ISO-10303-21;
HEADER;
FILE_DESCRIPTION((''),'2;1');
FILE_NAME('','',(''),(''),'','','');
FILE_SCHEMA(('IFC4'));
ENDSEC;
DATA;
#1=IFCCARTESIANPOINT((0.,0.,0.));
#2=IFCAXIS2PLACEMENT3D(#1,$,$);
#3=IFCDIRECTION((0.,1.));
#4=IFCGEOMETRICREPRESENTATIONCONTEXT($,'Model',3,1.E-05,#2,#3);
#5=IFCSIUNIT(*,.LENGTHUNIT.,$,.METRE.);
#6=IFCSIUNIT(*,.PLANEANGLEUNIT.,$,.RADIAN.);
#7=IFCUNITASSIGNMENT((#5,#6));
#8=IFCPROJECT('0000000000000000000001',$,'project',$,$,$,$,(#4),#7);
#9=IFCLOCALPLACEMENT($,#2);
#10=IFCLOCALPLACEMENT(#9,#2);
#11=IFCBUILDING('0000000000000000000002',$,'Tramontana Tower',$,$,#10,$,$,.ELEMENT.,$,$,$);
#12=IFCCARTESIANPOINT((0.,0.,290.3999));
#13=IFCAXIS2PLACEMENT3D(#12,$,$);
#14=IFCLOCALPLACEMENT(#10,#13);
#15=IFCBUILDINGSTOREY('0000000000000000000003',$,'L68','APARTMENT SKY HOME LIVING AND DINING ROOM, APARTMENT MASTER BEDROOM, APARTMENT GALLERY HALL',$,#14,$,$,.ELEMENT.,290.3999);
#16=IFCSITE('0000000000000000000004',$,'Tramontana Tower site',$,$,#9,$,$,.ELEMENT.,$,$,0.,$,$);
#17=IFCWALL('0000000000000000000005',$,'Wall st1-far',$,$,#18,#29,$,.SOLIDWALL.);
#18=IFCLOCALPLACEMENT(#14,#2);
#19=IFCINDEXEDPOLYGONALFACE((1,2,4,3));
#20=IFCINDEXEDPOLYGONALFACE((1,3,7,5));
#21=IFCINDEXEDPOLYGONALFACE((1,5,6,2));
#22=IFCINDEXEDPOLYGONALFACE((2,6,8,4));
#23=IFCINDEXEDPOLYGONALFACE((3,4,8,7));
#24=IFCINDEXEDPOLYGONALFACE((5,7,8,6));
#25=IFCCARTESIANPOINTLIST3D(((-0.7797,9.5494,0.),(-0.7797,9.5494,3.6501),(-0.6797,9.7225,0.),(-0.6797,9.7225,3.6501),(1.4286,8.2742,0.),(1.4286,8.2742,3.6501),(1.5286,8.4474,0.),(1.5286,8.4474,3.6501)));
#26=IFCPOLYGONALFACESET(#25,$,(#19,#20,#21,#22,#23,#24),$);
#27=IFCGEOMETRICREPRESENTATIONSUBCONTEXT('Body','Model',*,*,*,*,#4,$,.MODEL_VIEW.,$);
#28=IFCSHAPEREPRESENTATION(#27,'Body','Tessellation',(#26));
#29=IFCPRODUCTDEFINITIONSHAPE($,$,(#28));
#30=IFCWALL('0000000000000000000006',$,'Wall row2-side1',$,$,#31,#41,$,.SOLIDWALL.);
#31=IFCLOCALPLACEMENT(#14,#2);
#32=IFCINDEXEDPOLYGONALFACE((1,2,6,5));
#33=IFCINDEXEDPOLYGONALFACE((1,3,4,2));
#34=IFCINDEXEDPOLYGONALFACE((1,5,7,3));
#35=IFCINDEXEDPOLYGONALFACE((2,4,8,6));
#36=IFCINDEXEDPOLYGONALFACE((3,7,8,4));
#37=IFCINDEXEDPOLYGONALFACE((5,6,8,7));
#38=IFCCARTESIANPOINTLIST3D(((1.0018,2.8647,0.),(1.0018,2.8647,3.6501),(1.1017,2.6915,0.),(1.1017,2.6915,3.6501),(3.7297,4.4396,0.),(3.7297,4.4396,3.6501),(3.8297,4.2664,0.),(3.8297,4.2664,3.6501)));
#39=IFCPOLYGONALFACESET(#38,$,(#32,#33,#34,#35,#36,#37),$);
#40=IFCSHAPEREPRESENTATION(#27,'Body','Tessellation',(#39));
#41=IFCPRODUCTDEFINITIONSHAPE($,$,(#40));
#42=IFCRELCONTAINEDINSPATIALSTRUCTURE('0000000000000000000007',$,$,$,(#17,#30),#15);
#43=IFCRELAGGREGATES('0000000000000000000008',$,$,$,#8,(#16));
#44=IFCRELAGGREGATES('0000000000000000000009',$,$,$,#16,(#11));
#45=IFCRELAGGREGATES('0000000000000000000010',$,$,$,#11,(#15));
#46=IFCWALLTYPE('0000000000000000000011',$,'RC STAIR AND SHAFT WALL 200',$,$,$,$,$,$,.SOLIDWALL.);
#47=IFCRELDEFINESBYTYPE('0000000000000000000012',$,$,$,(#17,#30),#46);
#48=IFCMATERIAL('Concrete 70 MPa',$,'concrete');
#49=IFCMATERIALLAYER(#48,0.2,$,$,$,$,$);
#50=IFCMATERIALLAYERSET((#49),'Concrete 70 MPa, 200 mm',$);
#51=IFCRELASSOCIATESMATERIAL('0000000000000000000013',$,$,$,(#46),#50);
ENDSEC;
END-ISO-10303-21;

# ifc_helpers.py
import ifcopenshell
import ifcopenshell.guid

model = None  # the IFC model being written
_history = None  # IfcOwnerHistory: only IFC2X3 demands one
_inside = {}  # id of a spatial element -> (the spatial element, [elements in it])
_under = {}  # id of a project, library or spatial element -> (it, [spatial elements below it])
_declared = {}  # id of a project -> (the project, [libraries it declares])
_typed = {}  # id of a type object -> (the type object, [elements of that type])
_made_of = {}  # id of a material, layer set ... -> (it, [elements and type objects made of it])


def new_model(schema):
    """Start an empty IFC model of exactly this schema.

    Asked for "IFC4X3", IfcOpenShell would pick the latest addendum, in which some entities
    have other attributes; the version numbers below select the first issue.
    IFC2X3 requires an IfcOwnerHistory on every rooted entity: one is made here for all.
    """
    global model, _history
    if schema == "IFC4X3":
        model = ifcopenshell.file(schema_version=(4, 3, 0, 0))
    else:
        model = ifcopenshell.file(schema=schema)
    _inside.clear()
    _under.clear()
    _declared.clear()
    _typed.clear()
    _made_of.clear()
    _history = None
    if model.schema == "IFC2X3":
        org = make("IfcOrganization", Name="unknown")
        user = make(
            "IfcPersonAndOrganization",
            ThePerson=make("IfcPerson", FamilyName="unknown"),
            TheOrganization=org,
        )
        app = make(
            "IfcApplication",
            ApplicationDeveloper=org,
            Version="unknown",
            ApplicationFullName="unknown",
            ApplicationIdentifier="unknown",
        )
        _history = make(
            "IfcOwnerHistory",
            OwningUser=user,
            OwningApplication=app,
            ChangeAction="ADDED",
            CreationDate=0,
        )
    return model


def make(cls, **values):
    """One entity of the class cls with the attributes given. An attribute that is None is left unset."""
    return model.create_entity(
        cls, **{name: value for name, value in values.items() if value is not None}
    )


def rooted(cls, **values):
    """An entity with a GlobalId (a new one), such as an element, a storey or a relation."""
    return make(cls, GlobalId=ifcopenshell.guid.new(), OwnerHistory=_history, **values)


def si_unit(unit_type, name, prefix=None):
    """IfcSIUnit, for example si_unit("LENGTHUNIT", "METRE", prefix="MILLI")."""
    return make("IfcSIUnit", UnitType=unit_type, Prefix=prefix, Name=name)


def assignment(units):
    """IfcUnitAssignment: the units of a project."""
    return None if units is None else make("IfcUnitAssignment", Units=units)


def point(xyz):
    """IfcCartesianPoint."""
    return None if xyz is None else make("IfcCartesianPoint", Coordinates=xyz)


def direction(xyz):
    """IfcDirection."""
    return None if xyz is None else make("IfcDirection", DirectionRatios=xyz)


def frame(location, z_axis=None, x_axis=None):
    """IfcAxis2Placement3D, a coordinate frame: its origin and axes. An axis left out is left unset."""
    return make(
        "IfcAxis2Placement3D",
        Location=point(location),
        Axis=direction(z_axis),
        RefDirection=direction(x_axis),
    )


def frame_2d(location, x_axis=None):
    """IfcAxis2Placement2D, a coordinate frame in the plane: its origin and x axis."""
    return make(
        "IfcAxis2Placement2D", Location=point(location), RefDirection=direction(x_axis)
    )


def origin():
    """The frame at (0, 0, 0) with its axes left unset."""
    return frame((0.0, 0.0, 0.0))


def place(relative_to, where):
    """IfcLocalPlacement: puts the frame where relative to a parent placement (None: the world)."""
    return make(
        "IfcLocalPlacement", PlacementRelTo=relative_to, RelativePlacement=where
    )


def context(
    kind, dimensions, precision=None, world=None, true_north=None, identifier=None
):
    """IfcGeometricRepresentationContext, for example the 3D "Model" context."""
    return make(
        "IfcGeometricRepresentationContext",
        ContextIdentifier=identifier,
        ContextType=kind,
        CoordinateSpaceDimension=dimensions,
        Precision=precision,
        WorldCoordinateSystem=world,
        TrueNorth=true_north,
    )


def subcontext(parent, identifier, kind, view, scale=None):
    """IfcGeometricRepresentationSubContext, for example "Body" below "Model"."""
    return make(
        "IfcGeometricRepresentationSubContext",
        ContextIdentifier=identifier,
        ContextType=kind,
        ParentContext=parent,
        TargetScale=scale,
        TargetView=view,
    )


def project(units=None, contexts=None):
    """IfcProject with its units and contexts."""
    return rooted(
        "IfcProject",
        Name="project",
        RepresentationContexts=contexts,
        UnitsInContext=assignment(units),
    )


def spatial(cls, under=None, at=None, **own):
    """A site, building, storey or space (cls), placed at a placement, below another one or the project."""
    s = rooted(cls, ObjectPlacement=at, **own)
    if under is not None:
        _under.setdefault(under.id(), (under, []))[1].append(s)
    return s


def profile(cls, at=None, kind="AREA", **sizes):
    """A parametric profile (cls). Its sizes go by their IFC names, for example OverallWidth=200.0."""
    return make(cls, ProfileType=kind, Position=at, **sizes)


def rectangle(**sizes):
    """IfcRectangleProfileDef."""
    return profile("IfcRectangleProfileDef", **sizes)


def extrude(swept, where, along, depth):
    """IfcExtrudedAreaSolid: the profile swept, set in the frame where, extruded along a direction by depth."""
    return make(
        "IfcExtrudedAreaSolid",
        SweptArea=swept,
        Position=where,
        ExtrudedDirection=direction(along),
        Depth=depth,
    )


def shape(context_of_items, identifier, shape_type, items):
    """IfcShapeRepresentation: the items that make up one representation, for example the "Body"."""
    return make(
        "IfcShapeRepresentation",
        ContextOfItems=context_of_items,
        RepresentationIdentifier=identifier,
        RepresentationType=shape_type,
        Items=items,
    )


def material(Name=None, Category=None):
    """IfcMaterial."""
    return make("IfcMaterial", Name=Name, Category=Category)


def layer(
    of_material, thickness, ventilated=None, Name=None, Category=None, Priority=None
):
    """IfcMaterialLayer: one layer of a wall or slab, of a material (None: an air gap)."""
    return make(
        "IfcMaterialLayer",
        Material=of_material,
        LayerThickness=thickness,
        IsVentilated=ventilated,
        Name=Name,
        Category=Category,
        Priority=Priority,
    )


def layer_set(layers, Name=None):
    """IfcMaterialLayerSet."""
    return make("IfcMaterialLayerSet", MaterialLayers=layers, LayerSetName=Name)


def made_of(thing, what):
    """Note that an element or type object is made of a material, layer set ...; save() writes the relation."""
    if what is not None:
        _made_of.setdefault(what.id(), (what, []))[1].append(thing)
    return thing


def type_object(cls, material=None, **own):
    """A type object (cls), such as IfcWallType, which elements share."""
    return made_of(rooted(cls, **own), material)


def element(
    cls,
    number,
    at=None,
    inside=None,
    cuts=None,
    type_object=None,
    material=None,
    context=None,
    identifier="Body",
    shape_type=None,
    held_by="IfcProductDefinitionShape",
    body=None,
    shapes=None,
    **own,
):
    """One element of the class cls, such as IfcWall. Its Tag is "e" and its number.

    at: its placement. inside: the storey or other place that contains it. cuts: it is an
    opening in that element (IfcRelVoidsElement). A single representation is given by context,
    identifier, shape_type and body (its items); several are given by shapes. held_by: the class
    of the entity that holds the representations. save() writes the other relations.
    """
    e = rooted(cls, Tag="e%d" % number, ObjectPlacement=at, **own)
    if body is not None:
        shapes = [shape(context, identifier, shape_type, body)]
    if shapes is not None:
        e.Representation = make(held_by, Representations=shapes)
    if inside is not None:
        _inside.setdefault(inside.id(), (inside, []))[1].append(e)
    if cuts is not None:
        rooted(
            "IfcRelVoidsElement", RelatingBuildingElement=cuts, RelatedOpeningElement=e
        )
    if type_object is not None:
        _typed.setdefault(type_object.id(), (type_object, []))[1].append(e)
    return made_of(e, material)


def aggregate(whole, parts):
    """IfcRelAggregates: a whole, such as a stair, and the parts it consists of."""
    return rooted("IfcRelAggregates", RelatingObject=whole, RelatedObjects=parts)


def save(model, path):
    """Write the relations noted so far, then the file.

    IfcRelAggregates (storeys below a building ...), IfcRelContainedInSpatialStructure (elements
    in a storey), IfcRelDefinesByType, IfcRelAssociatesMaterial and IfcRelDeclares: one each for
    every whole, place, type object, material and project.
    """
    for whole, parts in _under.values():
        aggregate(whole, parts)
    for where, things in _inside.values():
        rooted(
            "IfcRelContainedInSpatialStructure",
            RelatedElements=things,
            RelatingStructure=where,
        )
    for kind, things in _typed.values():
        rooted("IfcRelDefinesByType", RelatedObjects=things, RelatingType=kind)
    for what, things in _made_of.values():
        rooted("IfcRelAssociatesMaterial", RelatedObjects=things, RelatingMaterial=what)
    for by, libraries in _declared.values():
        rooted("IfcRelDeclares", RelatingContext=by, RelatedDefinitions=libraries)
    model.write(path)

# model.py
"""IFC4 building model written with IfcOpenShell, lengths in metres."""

from ifc_helpers import new_model, si_unit, direction, frame, frame_2d, origin, place, context, subcontext, project, spatial, rectangle, extrude, material, layer, layer_set, type_object, element, save


model = new_model("IFC4")

# Units and contexts
model_context = context("Model", 3, precision=1e-05, world=origin(), true_north=direction((0.0, 1.0)))
body_context = subcontext(model_context, "Body", "Model", "MODEL_VIEW")
ifc_project = project(units=[si_unit("LENGTHUNIT", "METRE"), si_unit("PLANEANGLEUNIT", "RADIAN")], contexts=[model_context])

# Site, building, storey
site_placement = place(None, origin())
site = spatial("IfcSite", under=ifc_project, at=site_placement, Name="Tramontana Tower site", CompositionType="ELEMENT", RefElevation=0.0)
building_placement = place(site_placement, origin())
building = spatial("IfcBuilding", under=site, at=building_placement, Name="Tramontana Tower", CompositionType="ELEMENT")
storey_placement = place(building_placement, frame((0.0, 0.0, 290.3999)))
storey = spatial("IfcBuildingStorey", under=building, at=storey_placement, Name="L68", Description="APARTMENT SKY HOME LIVING AND DINING ROOM, APARTMENT MASTER BEDROOM, APARTMENT GALLERY HALL", CompositionType="ELEMENT", Elevation=290.3999)

# Walls
ifc_material_1 = material(Name="Concrete 70 MPa", Category="concrete")
ifc_layer_1 = layer(ifc_material_1, 0.2)
ifc_layer_set_1 = layer_set([ifc_layer_1], Name="Concrete 70 MPa, 200 mm")
wall_type_1 = type_object("IfcWallType", Name="RC STAIR AND SHAFT WALL 200", PredefinedType="SOLIDWALL", material=ifc_layer_set_1)
wall_1_placement = place(storey_placement, frame((1.4785, 8.3608, 0.0), z_axis=(0.0, 0.0, 1.0), x_axis=(-0.865989, 0.500062, 0.0)))
element("IfcWall", 1, at=wall_1_placement, inside=storey, type_object=wall_type_1, Name="Wall st1-far", PredefinedType="SOLIDWALL", context=body_context, shape_type="SweptSolid", body=[
    extrude(rectangle(XDim=2.55, YDim=0.2, at=frame_2d((1.2749, 0.0))), origin(), (0.0, 0.0, 1.0), 3.6501),
])
wall_2_placement = place(storey_placement, frame((1.0518, 2.7781, 0.0), z_axis=(0.0, 0.0, 1.0), x_axis=(0.866036, 0.499982, 0.0)))
element("IfcWall", 2, at=wall_2_placement, inside=storey, type_object=wall_type_1, Name="Wall row2-side1", PredefinedType="SOLIDWALL", context=body_context, shape_type="SweptSolid", body=[
    extrude(rectangle(XDim=3.1499, YDim=0.2, at=frame_2d((1.575, 0.0))), origin(), (0.0, 0.0, 1.0), 3.6501),
])

save(model, "model.ifc")
